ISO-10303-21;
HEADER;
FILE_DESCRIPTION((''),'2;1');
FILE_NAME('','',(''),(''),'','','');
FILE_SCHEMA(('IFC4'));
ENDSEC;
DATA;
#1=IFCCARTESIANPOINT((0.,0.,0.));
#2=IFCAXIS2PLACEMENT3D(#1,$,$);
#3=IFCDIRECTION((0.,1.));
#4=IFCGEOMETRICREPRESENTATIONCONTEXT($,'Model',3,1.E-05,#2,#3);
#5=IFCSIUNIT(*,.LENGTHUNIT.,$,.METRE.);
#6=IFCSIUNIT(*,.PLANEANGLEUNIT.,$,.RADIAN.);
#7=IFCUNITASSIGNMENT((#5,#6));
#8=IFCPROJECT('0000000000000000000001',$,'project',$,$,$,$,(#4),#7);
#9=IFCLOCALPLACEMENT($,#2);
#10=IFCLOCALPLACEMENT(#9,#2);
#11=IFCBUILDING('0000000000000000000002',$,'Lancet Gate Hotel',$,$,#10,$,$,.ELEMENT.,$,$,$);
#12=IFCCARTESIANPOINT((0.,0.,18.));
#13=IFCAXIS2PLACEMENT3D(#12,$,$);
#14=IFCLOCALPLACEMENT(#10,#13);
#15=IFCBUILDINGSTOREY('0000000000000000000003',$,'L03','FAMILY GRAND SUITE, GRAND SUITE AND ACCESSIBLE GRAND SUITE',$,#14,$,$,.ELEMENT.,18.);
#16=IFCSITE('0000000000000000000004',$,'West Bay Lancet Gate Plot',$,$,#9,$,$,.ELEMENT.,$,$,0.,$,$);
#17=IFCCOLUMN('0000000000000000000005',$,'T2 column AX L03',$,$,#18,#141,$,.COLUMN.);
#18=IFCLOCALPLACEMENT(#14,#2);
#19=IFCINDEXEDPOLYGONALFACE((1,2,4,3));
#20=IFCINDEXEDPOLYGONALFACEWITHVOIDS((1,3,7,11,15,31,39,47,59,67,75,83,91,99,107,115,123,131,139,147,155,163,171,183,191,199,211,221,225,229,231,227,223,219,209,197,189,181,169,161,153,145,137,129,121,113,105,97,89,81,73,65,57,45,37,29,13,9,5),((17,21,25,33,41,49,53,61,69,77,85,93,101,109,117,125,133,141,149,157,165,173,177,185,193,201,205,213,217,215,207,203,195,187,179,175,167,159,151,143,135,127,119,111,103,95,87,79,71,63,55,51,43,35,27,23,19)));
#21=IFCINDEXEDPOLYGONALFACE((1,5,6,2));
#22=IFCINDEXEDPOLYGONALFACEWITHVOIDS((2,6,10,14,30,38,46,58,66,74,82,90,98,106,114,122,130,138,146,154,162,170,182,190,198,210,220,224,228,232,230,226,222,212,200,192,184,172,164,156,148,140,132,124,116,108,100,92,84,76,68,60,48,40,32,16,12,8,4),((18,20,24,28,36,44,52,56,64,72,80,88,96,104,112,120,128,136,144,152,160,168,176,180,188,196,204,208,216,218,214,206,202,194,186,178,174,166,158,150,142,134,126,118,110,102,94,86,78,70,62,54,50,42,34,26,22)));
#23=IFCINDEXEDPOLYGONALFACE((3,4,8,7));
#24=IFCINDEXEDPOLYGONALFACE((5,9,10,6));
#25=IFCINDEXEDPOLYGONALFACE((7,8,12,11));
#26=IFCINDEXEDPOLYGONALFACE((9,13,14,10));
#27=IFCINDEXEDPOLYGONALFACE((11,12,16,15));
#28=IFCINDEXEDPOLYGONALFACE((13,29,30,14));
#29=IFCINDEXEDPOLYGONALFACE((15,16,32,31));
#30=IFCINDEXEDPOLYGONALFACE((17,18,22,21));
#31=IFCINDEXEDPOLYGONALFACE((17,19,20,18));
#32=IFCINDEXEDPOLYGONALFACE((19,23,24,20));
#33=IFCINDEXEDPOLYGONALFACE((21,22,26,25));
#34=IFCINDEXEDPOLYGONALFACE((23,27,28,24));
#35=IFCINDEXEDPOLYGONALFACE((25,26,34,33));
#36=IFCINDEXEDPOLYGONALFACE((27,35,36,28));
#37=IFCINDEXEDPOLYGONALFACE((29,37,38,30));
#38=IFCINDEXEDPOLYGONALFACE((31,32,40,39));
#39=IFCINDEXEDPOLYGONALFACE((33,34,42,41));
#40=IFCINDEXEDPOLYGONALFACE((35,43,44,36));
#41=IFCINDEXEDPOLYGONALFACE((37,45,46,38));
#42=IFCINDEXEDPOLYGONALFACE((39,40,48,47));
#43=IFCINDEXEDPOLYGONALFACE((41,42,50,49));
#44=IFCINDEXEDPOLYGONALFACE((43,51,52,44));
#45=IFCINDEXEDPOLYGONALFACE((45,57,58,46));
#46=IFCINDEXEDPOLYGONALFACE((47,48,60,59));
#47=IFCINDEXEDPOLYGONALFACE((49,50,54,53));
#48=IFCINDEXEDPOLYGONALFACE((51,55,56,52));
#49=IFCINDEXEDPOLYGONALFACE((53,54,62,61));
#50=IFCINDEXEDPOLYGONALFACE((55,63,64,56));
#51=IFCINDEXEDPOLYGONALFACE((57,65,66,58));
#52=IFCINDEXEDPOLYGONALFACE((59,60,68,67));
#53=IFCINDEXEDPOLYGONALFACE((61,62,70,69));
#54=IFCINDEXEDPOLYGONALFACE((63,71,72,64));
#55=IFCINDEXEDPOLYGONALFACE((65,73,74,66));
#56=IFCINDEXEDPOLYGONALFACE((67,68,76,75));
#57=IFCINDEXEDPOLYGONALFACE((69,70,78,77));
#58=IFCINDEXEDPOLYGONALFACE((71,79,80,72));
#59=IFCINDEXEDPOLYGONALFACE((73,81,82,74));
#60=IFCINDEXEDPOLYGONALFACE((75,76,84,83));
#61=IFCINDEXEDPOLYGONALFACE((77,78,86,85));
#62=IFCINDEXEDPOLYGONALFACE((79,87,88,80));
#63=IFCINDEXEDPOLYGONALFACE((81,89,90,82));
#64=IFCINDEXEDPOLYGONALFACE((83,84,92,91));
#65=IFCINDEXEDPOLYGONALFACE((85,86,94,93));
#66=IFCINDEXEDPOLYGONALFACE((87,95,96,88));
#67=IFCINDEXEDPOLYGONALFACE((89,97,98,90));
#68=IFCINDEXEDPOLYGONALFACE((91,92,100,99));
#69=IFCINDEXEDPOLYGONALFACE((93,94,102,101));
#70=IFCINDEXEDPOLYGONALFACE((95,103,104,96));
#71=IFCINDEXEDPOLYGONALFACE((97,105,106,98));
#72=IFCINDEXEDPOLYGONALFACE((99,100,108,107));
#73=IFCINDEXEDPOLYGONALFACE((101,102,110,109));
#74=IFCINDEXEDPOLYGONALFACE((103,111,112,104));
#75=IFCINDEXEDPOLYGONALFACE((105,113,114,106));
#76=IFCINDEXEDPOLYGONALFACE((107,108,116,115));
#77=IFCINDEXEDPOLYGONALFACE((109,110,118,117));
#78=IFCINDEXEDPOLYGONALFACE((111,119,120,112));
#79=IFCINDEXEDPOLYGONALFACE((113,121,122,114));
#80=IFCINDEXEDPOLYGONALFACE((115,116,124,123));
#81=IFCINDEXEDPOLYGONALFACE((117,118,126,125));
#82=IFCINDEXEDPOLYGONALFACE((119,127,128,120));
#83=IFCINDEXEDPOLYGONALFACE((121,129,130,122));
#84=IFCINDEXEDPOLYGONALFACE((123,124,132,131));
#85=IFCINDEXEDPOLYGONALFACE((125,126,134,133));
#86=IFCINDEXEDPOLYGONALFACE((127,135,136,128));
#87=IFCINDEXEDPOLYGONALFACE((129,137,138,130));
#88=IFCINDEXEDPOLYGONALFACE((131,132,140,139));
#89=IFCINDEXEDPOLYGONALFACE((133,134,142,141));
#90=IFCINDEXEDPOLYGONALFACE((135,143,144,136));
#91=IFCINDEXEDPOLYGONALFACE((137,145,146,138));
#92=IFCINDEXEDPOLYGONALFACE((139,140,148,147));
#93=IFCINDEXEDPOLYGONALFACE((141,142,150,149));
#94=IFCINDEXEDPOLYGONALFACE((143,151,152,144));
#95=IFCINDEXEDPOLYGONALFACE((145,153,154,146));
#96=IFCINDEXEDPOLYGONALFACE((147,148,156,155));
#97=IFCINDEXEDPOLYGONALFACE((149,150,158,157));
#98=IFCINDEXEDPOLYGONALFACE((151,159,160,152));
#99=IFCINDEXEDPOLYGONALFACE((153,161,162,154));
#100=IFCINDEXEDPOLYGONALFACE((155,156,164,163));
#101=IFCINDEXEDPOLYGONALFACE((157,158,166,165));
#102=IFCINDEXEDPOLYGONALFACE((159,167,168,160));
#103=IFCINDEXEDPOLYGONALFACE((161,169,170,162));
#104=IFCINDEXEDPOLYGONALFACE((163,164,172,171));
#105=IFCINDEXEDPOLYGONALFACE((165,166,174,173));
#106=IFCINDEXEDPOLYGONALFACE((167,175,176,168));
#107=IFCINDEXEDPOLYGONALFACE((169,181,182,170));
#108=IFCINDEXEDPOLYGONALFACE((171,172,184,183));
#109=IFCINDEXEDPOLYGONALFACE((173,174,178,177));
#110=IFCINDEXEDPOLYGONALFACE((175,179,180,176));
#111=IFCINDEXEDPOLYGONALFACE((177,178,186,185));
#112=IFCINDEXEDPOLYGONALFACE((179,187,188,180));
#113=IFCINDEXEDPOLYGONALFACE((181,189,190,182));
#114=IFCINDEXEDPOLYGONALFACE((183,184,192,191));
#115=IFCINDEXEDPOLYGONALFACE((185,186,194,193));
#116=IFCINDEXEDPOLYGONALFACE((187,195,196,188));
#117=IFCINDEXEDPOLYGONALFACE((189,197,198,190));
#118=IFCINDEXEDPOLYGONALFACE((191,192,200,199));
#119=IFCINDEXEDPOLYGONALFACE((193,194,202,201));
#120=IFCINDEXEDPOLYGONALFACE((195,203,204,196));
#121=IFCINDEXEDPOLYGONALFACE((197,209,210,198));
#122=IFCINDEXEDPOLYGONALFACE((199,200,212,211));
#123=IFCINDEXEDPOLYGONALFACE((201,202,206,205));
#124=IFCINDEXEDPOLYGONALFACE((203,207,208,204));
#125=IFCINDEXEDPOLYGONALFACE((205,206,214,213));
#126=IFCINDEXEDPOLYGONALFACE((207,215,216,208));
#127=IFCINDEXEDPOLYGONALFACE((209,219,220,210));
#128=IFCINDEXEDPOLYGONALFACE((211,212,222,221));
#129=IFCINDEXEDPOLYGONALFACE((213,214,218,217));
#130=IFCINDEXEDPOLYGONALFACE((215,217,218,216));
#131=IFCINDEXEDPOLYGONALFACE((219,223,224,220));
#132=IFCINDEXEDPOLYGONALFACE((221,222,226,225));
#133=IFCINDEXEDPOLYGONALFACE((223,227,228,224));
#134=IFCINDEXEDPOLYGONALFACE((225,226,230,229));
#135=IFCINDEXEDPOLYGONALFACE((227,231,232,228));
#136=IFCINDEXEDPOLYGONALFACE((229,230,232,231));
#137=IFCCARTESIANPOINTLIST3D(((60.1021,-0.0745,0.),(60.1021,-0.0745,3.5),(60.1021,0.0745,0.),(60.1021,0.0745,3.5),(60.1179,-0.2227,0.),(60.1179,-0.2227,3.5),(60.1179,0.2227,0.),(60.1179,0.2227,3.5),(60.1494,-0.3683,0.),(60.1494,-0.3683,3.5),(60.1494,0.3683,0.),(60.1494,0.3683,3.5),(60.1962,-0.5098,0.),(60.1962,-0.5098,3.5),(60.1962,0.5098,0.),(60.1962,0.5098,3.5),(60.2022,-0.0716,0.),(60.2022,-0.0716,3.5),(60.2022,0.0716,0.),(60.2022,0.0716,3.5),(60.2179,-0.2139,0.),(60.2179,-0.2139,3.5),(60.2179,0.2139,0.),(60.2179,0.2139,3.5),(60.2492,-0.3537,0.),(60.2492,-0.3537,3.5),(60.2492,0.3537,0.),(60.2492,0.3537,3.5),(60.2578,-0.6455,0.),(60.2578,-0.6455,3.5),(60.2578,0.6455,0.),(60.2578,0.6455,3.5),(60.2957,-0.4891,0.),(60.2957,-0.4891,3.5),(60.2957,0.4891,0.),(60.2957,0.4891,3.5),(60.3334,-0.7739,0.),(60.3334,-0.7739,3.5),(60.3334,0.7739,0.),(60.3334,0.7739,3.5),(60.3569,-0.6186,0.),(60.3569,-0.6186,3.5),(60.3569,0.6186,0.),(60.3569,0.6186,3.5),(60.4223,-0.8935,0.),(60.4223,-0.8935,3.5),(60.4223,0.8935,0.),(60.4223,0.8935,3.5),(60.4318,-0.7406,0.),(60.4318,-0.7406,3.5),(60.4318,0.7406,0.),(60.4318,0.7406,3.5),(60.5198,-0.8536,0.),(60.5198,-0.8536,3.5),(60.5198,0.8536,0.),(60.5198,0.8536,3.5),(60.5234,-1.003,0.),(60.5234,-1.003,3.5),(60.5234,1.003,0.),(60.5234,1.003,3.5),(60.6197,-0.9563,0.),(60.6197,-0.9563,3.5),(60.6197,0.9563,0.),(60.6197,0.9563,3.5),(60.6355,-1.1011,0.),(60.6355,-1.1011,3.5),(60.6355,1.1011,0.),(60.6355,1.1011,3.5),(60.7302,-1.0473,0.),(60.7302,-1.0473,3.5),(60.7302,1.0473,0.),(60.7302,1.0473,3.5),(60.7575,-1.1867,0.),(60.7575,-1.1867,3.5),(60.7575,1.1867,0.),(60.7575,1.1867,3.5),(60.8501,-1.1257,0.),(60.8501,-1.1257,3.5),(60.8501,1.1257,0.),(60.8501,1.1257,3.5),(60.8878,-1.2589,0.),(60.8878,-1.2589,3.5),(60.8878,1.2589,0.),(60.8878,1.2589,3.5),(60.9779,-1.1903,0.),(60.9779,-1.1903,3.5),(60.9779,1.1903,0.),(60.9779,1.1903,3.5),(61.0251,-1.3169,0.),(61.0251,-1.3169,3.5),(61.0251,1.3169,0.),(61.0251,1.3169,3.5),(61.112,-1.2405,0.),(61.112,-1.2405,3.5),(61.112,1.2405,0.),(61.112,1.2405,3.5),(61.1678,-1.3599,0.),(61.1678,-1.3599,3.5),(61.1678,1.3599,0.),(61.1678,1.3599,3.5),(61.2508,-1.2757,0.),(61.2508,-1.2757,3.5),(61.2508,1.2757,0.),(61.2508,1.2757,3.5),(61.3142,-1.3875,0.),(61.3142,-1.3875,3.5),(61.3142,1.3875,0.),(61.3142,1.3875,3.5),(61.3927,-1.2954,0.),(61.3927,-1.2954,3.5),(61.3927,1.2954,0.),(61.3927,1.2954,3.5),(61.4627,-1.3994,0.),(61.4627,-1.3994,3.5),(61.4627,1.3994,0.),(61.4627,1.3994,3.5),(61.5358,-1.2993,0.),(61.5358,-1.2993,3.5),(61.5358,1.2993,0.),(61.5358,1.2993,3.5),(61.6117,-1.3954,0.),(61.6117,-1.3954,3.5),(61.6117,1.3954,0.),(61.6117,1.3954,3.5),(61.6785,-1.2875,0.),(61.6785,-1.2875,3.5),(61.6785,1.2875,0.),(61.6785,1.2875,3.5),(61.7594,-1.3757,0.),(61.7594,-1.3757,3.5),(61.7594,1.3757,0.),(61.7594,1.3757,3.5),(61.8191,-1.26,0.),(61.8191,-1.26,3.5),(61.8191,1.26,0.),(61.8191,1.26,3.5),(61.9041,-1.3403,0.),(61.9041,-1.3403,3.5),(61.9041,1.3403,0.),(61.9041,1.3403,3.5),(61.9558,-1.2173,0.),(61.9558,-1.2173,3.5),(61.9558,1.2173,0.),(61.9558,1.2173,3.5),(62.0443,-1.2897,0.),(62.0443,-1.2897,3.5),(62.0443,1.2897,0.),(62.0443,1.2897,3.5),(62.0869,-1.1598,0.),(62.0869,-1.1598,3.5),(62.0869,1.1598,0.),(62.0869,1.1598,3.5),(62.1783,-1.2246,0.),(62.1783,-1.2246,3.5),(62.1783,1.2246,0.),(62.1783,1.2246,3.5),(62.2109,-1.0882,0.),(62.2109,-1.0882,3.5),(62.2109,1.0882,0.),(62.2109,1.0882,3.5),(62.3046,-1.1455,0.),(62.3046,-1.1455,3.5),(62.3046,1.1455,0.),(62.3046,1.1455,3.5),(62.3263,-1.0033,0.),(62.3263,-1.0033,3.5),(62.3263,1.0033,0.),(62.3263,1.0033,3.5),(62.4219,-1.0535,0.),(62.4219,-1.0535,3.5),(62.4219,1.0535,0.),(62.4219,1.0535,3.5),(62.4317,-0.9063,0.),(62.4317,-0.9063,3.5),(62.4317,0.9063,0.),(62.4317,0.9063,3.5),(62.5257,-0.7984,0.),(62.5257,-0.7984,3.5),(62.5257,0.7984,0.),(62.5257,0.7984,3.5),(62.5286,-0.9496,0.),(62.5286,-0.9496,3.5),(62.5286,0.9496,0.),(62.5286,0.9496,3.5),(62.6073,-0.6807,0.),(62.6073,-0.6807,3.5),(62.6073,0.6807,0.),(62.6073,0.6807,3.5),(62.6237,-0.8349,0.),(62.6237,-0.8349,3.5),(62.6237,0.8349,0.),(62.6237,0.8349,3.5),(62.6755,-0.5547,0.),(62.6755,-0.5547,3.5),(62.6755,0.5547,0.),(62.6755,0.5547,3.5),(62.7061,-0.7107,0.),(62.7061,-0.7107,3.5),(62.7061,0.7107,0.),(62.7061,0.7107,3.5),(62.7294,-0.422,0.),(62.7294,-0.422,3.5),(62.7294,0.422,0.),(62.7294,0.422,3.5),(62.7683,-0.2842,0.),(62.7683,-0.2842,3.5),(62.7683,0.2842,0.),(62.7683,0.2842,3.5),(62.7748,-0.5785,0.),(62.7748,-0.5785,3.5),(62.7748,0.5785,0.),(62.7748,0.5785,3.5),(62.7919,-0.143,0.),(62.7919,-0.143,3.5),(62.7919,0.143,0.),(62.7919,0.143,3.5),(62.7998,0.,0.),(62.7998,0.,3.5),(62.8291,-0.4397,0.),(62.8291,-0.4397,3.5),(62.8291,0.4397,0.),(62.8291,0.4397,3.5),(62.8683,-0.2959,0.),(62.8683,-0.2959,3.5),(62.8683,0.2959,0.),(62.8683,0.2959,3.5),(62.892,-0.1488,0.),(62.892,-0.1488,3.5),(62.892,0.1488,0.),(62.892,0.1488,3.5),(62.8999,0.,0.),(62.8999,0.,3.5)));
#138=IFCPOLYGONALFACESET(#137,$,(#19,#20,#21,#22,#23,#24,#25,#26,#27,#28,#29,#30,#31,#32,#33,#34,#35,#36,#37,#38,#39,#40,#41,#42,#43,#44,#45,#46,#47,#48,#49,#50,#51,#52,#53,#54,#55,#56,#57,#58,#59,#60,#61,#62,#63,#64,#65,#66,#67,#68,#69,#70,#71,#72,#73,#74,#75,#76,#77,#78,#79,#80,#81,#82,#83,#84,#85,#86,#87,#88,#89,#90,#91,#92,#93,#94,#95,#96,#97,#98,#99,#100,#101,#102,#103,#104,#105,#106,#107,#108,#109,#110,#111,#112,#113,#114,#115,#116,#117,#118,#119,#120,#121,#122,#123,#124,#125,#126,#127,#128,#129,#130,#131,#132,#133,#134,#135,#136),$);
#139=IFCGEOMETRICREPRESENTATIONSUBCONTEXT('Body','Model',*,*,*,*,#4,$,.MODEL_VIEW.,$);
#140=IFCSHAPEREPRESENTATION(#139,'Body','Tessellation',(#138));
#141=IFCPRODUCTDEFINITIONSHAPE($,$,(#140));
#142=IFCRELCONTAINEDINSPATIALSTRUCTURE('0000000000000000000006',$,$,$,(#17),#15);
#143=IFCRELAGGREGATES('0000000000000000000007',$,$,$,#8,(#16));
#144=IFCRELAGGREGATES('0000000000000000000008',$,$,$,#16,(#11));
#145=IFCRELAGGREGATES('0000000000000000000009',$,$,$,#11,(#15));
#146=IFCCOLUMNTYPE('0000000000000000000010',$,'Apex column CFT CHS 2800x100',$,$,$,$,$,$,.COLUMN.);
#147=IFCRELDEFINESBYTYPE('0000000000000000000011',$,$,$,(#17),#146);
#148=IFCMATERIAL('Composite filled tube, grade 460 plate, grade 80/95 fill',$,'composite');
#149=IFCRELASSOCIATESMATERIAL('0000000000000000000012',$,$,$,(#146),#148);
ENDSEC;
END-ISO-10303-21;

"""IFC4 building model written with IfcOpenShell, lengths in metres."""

from ifc_helpers import new_model, si_unit, direction, frame, origin, origin_2d, place, context, subcontext, project, spatial, hollow_circle, extrude, material, material_profile, profile_set, type_object, element, save


model = new_model("IFC4")

# Units and contexts
model_context = context("Model", 3, precision=1e-05, world=origin(), true_north=direction((0.0, 1.0)))
body_context = subcontext(model_context, "Body", "Model", "MODEL_VIEW")
ifc_project = project(units=[si_unit("LENGTHUNIT", "METRE"), si_unit("PLANEANGLEUNIT", "RADIAN")], contexts=[model_context])

# Site, building, storey
site_placement = place(None, origin())
site = spatial("IfcSite", under=ifc_project, at=site_placement, Name="West Bay Lancet Gate Plot", CompositionType="ELEMENT", RefElevation=0.0)
building_placement = place(site_placement, origin())
building = spatial("IfcBuilding", under=site, at=building_placement, Name="Lancet Gate Hotel", CompositionType="ELEMENT")
storey_placement = place(building_placement, frame((0.0, 0.0, 18.0)))
storey = spatial("IfcBuildingStorey", under=building, at=storey_placement, Name="L03", Description="FAMILY GRAND SUITE, GRAND SUITE AND ACCESSIBLE GRAND SUITE", CompositionType="ELEMENT", Elevation=18.0)

# Column
ifc_material_1 = material(Name="Composite filled tube, grade 460 plate, grade 80/95 fill", Category="composite")
ifc_material_profile_1 = material_profile(ifc_material_1, hollow_circle(Radius=1.3999, WallThickness=0.1001, at=origin_2d()), Name="CHS 2800x100")
ifc_profile_set_1 = profile_set([ifc_material_profile_1], Name="Composite filled tube, grade 460 plate, grade 80/95 fill")
column_type_1 = type_object("IfcColumnType", Name="Apex column CFT CHS 2800x100", PredefinedType="COLUMN", material=ifc_profile_set_1)
column_1_placement = place(storey_placement, frame((61.5, 0.0, 0.0), z_axis=(0.0, 0.0, 1.0), x_axis=(1.0, 0.0, 0.0)))
element("IfcColumn", 1, at=column_1_placement, inside=storey, type_object=column_type_1, Name="T2 column AX L03", PredefinedType="COLUMN", context=body_context, shape_type="SweptSolid", body=[
    extrude(hollow_circle(Radius=1.3999, WallThickness=0.1001, at=origin_2d()), origin(), (0.0, 0.0, 1.0), 3.5),
])

save(model, "model.ifc")
